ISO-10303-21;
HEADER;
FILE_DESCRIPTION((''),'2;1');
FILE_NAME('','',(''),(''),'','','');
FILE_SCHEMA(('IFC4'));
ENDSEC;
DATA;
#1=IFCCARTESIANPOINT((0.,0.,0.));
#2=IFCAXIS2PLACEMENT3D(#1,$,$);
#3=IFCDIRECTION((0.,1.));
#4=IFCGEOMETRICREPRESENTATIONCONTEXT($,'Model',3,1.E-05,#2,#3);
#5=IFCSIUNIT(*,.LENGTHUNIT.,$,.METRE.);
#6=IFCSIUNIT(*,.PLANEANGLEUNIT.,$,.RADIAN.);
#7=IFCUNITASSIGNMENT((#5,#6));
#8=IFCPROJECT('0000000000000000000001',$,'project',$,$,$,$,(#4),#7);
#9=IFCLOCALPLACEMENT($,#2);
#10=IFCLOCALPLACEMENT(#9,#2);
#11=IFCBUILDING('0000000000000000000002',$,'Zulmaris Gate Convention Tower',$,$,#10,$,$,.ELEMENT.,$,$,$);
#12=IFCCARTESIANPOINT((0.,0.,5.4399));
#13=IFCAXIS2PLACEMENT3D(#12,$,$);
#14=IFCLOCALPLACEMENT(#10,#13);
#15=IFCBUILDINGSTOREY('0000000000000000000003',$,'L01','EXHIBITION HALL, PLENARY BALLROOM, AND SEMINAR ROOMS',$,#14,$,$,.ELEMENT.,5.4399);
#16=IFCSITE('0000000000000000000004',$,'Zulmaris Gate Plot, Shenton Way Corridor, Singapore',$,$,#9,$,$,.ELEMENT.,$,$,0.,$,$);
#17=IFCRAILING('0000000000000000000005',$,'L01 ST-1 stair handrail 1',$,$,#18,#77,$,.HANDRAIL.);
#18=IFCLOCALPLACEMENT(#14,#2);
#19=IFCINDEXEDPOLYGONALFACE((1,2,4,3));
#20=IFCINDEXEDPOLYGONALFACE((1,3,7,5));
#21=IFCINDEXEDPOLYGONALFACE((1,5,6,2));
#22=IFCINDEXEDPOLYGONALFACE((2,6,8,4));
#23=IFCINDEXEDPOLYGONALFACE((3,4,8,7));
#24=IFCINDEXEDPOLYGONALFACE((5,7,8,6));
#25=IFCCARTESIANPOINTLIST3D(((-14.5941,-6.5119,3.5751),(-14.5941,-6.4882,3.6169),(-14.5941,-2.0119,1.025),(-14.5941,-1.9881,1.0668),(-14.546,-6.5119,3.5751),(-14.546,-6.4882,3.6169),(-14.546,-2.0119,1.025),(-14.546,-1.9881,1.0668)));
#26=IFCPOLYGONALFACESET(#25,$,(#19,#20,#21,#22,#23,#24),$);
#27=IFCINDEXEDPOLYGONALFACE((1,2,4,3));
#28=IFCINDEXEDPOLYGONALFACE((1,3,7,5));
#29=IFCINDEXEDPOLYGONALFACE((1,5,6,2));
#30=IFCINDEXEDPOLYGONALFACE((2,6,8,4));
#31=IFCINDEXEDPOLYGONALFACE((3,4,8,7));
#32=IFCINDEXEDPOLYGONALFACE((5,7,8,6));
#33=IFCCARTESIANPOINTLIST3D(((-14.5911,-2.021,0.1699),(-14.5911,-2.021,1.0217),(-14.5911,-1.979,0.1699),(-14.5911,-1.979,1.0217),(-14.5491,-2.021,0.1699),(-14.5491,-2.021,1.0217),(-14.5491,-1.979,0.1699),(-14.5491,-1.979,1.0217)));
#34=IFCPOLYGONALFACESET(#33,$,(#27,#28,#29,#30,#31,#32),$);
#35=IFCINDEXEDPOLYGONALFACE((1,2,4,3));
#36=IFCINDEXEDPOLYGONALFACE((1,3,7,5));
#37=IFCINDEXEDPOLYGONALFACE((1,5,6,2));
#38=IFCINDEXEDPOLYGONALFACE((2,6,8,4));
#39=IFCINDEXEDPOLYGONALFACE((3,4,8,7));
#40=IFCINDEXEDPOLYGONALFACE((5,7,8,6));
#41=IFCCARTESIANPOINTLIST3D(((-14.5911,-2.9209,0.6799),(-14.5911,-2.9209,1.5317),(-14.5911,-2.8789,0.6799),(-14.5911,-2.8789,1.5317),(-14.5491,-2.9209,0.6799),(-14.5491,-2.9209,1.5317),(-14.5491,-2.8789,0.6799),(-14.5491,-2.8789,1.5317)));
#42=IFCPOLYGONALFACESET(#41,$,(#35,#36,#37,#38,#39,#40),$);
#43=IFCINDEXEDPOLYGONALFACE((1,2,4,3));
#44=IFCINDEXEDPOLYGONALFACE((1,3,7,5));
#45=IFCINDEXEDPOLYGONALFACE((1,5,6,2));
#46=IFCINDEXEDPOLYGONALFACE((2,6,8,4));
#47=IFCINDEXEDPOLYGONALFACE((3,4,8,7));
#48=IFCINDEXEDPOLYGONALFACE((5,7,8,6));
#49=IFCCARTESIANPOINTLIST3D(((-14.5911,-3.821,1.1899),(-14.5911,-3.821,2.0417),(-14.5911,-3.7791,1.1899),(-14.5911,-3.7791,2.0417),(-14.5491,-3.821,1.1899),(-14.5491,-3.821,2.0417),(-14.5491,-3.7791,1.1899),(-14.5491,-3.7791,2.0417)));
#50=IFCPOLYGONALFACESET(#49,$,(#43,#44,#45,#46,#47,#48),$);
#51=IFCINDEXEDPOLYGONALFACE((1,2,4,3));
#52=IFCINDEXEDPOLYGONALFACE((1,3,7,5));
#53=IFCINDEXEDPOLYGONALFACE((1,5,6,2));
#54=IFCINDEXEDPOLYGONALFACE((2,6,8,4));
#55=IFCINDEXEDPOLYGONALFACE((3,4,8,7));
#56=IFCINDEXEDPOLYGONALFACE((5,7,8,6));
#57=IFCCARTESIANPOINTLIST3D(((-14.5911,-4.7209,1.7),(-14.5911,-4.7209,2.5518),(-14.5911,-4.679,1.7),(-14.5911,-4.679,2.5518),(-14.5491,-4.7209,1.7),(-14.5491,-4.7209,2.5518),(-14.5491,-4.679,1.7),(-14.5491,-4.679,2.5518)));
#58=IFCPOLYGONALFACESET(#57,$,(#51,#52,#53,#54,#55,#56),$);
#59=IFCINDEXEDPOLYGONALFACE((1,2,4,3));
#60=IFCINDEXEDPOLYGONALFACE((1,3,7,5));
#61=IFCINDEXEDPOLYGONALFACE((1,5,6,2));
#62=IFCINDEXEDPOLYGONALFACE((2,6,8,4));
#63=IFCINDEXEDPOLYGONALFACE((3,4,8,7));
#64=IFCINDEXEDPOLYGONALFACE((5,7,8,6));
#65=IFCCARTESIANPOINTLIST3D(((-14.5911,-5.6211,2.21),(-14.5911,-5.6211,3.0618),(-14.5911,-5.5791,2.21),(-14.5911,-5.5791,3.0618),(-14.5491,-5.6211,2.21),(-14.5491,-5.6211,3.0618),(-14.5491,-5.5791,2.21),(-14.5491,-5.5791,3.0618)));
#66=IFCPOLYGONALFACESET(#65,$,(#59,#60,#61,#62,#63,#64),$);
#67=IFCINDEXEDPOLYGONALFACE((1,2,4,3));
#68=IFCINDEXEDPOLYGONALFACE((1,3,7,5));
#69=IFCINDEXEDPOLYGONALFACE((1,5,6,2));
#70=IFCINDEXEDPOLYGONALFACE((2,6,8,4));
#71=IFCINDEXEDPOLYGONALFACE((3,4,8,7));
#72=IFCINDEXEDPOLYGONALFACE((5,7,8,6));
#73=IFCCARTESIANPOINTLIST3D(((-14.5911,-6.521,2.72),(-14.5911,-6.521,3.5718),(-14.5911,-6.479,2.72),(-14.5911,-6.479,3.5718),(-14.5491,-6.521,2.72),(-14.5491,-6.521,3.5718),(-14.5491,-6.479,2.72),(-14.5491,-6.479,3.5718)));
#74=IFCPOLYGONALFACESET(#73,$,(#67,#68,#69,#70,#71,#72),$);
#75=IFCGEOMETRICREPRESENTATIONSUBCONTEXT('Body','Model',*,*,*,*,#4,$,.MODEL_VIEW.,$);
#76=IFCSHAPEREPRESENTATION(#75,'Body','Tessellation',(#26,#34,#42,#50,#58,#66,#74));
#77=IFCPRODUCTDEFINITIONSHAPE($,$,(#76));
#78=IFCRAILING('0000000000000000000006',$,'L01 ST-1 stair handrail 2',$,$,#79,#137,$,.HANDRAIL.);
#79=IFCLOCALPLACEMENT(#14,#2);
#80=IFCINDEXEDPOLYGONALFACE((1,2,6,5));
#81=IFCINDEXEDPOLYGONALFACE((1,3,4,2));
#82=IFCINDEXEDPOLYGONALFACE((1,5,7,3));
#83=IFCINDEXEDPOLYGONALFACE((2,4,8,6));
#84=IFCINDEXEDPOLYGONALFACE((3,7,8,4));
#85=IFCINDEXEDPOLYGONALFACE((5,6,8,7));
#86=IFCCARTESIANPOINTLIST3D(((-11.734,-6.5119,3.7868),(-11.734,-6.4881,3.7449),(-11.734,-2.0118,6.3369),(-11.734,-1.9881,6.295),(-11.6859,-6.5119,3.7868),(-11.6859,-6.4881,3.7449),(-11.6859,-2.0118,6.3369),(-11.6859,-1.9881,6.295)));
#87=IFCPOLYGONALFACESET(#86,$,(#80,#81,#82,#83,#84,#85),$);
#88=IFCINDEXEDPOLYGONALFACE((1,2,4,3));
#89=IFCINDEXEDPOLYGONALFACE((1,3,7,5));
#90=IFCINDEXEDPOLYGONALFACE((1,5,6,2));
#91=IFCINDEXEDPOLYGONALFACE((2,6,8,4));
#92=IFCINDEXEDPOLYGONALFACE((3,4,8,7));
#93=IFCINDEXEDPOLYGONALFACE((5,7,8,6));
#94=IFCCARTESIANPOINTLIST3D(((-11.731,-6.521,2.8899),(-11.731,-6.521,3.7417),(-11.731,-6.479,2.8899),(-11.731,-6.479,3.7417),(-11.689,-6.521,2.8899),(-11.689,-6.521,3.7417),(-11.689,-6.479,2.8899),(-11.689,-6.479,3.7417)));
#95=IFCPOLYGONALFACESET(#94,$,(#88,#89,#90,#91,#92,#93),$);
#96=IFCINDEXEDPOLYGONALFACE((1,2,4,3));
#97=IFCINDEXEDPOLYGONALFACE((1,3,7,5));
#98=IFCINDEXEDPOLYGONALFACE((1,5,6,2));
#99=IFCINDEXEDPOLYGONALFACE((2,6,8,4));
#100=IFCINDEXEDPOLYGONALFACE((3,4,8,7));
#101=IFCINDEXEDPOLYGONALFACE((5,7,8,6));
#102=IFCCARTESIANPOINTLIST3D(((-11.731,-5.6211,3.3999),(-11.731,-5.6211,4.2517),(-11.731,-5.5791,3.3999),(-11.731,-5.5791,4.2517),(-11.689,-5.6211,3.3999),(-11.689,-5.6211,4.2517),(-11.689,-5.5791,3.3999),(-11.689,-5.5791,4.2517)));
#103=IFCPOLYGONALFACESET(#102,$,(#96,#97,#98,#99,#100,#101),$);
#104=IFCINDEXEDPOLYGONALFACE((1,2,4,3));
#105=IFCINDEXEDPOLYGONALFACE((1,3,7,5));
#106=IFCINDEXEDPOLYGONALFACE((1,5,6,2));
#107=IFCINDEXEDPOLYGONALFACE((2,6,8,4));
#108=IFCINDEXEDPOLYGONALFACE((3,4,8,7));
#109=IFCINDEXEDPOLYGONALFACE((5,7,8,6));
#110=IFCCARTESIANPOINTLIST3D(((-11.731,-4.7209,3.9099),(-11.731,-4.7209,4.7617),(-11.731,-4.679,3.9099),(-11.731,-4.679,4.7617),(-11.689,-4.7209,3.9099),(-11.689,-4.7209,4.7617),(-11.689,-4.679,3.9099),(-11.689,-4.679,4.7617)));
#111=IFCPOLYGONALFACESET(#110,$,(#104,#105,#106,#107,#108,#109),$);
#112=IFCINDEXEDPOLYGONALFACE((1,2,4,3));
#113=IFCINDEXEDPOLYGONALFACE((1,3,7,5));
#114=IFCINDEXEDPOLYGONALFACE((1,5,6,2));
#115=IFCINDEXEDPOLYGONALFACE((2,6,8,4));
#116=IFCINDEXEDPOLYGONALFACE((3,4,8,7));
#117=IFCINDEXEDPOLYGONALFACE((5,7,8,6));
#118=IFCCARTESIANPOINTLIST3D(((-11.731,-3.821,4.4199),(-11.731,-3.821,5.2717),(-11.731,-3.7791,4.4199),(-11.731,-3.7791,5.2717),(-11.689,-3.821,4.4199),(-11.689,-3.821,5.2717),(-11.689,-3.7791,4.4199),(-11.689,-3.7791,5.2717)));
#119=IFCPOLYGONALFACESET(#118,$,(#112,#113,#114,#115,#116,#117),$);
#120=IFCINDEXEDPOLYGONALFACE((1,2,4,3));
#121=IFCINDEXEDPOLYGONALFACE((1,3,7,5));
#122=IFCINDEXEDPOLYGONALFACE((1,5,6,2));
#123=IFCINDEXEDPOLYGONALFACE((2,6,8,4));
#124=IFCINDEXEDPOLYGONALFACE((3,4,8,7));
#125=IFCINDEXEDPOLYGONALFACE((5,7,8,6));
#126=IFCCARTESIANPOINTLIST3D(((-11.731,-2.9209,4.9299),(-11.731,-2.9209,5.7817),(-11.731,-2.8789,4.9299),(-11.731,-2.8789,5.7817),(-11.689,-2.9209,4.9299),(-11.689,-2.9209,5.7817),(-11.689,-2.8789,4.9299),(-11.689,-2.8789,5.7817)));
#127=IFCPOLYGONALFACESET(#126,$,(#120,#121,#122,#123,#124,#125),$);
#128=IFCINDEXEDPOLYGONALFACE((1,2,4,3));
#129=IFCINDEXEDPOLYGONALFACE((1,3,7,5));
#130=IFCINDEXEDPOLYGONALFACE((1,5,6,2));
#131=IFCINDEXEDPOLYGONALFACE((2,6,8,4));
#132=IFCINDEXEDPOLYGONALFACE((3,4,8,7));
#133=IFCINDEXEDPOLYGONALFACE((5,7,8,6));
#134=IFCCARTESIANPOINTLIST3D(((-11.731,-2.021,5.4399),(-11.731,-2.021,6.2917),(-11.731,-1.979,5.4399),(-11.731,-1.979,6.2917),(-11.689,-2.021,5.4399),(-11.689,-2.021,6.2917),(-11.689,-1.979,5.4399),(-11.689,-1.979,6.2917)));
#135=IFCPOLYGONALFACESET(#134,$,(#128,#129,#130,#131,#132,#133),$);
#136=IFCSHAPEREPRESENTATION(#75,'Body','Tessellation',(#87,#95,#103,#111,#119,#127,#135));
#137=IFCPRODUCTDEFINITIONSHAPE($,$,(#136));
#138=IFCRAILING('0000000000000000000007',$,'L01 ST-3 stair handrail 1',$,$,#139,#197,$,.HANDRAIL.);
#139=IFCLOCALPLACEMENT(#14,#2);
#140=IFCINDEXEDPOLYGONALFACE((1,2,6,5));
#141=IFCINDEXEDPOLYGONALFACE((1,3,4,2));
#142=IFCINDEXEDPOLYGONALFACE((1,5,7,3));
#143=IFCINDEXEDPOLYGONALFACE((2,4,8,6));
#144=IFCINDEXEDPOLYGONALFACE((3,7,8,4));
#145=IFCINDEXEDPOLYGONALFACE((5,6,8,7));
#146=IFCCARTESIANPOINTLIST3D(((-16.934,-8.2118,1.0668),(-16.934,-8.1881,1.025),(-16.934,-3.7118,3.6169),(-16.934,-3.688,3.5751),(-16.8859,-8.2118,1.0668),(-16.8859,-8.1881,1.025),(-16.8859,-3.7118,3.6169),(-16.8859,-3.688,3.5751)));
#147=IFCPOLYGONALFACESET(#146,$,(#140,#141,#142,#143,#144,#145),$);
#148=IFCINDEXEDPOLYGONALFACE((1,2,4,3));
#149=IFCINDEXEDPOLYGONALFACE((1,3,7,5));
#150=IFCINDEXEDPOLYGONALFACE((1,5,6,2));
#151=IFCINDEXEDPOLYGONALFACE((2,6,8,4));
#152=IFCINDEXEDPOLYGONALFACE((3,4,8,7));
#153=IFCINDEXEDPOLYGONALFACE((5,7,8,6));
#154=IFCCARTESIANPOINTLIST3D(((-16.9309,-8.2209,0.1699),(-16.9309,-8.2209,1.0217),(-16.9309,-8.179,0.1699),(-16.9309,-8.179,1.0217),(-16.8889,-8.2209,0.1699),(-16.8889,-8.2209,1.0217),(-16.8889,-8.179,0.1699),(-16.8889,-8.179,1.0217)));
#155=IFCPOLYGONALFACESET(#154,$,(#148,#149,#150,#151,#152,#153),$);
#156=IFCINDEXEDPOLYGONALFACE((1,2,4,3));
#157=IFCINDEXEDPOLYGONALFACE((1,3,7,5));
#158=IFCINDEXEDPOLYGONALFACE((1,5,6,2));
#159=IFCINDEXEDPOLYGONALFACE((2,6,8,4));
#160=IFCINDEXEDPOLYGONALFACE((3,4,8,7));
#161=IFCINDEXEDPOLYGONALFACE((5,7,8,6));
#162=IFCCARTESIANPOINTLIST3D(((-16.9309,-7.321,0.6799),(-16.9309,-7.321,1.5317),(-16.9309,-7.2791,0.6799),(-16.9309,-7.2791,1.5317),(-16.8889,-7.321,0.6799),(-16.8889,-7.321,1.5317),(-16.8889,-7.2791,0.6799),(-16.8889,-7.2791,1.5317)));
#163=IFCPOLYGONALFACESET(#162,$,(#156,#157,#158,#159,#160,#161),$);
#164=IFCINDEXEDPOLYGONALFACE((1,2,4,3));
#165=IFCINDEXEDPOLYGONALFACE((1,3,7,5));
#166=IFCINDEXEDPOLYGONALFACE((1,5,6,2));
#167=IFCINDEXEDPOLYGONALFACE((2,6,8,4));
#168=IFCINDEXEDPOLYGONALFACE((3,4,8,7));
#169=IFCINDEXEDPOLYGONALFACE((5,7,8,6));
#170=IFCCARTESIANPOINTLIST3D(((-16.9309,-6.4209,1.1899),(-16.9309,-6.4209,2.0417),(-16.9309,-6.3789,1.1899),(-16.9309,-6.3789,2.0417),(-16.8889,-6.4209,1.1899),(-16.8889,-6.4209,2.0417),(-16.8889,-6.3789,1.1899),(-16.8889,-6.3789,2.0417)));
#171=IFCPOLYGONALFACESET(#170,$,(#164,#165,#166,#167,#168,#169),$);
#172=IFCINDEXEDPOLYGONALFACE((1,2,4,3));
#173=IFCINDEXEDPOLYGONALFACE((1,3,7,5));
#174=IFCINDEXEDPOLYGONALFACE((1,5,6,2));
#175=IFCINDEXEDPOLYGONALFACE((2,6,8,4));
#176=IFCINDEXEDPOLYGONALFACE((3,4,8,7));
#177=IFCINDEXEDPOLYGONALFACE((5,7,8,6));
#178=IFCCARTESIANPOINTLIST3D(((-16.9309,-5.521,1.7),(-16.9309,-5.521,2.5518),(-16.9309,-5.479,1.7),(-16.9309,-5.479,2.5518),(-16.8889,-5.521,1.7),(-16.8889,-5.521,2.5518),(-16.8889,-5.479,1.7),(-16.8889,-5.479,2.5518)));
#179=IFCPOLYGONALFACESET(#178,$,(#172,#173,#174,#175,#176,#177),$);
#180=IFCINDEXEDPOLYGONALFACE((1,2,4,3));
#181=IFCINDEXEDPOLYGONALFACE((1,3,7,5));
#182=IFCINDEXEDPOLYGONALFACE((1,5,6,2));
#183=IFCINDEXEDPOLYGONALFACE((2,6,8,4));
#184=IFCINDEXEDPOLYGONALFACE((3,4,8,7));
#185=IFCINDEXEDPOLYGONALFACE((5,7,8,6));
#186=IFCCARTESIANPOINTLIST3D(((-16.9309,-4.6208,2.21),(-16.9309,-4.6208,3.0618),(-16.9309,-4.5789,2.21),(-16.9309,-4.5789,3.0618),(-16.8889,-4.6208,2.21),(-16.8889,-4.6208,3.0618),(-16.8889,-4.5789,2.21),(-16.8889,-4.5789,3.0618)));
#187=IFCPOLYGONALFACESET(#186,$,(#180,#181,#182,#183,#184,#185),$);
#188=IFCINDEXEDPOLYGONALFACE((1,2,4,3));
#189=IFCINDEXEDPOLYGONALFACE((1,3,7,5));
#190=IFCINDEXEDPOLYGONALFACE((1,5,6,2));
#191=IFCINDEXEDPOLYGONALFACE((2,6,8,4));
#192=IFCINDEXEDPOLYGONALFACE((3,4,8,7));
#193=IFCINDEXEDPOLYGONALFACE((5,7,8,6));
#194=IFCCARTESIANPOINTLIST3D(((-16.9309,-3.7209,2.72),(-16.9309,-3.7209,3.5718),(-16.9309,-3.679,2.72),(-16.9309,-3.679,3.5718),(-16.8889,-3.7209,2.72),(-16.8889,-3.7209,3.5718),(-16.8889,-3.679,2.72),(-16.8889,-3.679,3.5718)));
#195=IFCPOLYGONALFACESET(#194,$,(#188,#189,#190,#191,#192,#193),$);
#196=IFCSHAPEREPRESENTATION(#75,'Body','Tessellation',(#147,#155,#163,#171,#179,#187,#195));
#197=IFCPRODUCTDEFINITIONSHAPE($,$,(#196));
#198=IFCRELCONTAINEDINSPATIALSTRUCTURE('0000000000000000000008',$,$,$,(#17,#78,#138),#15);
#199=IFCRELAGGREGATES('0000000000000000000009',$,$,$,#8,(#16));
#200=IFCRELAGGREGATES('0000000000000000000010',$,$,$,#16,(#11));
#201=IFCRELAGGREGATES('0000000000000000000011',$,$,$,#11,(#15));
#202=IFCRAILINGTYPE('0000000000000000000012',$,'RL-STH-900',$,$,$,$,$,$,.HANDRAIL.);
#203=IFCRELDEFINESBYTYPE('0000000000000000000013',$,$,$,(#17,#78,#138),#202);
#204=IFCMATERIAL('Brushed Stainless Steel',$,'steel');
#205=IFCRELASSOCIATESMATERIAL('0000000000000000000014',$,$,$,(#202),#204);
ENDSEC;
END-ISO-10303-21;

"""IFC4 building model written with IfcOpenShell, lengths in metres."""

from ifc_helpers import new_model, si_unit, direction, frame, origin, origin_2d, place, context, subcontext, project, spatial, rectangle, extrude, material, type_object, element, save


model = new_model("IFC4")

# Units and contexts
model_context = context("Model", 3, precision=1e-05, world=origin(), true_north=direction((0.0, 1.0)))
body_context = subcontext(model_context, "Body", "Model", "MODEL_VIEW")
ifc_project = project(units=[si_unit("LENGTHUNIT", "METRE"), si_unit("PLANEANGLEUNIT", "RADIAN")], contexts=[model_context])

# Site, building, storey
site_placement = place(None, origin())
site = spatial("IfcSite", under=ifc_project, at=site_placement, Name="Zulmaris Gate Plot, Shenton Way Corridor, Singapore", CompositionType="ELEMENT", RefElevation=0.0)
building_placement = place(site_placement, origin())
building = spatial("IfcBuilding", under=site, at=building_placement, Name="Zulmaris Gate Convention Tower", CompositionType="ELEMENT")
storey_placement = place(building_placement, frame((0.0, 0.0, 5.4399)))
storey = spatial("IfcBuildingStorey", under=building, at=storey_placement, Name="L01", Description="EXHIBITION HALL, PLENARY BALLROOM, AND SEMINAR ROOMS", CompositionType="ELEMENT", Elevation=5.4399)

# Shared definitions
ifc_material_1 = material(Name="Brushed Stainless Steel", Category="steel")

# Railings
railing_type_1 = type_object("IfcRailingType", Name="RL-STH-900", PredefinedType="HANDRAIL", material=ifc_material_1)
railing_1_placement = place(storey_placement, frame((-14.5701, -2.0, 0.1699)))
element("IfcRailing", 1, at=railing_1_placement, inside=storey, type_object=railing_type_1, Name="L01 ST-1 stair handrail 1", PredefinedType="HANDRAIL", context=body_context, shape_type="SweptSolid", body=[
    extrude(rectangle(XDim=0.0481, YDim=0.0481, at=origin_2d()), frame((0.0, 0.0, 0.876), z_axis=(0.0, -0.870018, 0.49302), x_axis=(1.0, 0.0, 0.0)), (0.0, 0.0, 1.0), 5.1724),
    extrude(rectangle(XDim=0.042, YDim=0.042, at=origin_2d()), origin(), (0.0, 0.0, 1.0), 0.8518),
    extrude(rectangle(XDim=0.042, YDim=0.042, at=origin_2d()), frame((0.0, -0.8999, 0.51)), (0.0, 0.0, 1.0), 0.8518),
    extrude(rectangle(XDim=0.042, YDim=0.042, at=origin_2d()), frame((0.0, -1.8, 1.02)), (0.0, 0.0, 1.0), 0.8518),
    extrude(rectangle(XDim=0.042, YDim=0.042, at=origin_2d()), frame((0.0, -2.7, 1.53)), (0.0, 0.0, 1.0), 0.8518),
    extrude(rectangle(XDim=0.042, YDim=0.042, at=origin_2d()), frame((0.0, -3.6001, 2.04)), (0.0, 0.0, 1.0), 0.8518),
    extrude(rectangle(XDim=0.042, YDim=0.042, at=origin_2d()), frame((0.0, -4.5, 2.55)), (0.0, 0.0, 1.0), 0.8518),
])
for number, where, name in (
    (2, (-11.71, -6.5, 2.8899), "L01 ST-1 stair handrail 2"),
    (3, (-16.9099, -8.2, 0.1699), "L01 ST-3 stair handrail 1"),
):
    element("IfcRailing", number, at=place(storey_placement, frame(where)), inside=storey, type_object=railing_type_1, Name=name, PredefinedType="HANDRAIL", context=body_context, shape_type="SweptSolid", body=[
        extrude(rectangle(XDim=0.0481, YDim=0.0481, at=origin_2d()), frame((0.0, 0.0, 0.876), z_axis=(0.0, 0.870018, 0.49302), x_axis=(-1.0, 0.0, 0.0)), (0.0, 0.0, 1.0), 5.1724),
        extrude(rectangle(XDim=0.042, YDim=0.042, at=origin_2d()), origin(), (0.0, 0.0, 1.0), 0.8518),
        extrude(rectangle(XDim=0.042, YDim=0.042, at=origin_2d()), frame((0.0, 0.8999, 0.51)), (0.0, 0.0, 1.0), 0.8518),
        extrude(rectangle(XDim=0.042, YDim=0.042, at=origin_2d()), frame((0.0, 1.8, 1.02)), (0.0, 0.0, 1.0), 0.8518),
        extrude(rectangle(XDim=0.042, YDim=0.042, at=origin_2d()), frame((0.0, 2.7, 1.53)), (0.0, 0.0, 1.0), 0.8518),
        extrude(rectangle(XDim=0.042, YDim=0.042, at=origin_2d()), frame((0.0, 3.6001, 2.04)), (0.0, 0.0, 1.0), 0.8518),
        extrude(rectangle(XDim=0.042, YDim=0.042, at=origin_2d()), frame((0.0, 4.5, 2.55)), (0.0, 0.0, 1.0), 0.8518),
    ])

save(model, "model.ifc")
